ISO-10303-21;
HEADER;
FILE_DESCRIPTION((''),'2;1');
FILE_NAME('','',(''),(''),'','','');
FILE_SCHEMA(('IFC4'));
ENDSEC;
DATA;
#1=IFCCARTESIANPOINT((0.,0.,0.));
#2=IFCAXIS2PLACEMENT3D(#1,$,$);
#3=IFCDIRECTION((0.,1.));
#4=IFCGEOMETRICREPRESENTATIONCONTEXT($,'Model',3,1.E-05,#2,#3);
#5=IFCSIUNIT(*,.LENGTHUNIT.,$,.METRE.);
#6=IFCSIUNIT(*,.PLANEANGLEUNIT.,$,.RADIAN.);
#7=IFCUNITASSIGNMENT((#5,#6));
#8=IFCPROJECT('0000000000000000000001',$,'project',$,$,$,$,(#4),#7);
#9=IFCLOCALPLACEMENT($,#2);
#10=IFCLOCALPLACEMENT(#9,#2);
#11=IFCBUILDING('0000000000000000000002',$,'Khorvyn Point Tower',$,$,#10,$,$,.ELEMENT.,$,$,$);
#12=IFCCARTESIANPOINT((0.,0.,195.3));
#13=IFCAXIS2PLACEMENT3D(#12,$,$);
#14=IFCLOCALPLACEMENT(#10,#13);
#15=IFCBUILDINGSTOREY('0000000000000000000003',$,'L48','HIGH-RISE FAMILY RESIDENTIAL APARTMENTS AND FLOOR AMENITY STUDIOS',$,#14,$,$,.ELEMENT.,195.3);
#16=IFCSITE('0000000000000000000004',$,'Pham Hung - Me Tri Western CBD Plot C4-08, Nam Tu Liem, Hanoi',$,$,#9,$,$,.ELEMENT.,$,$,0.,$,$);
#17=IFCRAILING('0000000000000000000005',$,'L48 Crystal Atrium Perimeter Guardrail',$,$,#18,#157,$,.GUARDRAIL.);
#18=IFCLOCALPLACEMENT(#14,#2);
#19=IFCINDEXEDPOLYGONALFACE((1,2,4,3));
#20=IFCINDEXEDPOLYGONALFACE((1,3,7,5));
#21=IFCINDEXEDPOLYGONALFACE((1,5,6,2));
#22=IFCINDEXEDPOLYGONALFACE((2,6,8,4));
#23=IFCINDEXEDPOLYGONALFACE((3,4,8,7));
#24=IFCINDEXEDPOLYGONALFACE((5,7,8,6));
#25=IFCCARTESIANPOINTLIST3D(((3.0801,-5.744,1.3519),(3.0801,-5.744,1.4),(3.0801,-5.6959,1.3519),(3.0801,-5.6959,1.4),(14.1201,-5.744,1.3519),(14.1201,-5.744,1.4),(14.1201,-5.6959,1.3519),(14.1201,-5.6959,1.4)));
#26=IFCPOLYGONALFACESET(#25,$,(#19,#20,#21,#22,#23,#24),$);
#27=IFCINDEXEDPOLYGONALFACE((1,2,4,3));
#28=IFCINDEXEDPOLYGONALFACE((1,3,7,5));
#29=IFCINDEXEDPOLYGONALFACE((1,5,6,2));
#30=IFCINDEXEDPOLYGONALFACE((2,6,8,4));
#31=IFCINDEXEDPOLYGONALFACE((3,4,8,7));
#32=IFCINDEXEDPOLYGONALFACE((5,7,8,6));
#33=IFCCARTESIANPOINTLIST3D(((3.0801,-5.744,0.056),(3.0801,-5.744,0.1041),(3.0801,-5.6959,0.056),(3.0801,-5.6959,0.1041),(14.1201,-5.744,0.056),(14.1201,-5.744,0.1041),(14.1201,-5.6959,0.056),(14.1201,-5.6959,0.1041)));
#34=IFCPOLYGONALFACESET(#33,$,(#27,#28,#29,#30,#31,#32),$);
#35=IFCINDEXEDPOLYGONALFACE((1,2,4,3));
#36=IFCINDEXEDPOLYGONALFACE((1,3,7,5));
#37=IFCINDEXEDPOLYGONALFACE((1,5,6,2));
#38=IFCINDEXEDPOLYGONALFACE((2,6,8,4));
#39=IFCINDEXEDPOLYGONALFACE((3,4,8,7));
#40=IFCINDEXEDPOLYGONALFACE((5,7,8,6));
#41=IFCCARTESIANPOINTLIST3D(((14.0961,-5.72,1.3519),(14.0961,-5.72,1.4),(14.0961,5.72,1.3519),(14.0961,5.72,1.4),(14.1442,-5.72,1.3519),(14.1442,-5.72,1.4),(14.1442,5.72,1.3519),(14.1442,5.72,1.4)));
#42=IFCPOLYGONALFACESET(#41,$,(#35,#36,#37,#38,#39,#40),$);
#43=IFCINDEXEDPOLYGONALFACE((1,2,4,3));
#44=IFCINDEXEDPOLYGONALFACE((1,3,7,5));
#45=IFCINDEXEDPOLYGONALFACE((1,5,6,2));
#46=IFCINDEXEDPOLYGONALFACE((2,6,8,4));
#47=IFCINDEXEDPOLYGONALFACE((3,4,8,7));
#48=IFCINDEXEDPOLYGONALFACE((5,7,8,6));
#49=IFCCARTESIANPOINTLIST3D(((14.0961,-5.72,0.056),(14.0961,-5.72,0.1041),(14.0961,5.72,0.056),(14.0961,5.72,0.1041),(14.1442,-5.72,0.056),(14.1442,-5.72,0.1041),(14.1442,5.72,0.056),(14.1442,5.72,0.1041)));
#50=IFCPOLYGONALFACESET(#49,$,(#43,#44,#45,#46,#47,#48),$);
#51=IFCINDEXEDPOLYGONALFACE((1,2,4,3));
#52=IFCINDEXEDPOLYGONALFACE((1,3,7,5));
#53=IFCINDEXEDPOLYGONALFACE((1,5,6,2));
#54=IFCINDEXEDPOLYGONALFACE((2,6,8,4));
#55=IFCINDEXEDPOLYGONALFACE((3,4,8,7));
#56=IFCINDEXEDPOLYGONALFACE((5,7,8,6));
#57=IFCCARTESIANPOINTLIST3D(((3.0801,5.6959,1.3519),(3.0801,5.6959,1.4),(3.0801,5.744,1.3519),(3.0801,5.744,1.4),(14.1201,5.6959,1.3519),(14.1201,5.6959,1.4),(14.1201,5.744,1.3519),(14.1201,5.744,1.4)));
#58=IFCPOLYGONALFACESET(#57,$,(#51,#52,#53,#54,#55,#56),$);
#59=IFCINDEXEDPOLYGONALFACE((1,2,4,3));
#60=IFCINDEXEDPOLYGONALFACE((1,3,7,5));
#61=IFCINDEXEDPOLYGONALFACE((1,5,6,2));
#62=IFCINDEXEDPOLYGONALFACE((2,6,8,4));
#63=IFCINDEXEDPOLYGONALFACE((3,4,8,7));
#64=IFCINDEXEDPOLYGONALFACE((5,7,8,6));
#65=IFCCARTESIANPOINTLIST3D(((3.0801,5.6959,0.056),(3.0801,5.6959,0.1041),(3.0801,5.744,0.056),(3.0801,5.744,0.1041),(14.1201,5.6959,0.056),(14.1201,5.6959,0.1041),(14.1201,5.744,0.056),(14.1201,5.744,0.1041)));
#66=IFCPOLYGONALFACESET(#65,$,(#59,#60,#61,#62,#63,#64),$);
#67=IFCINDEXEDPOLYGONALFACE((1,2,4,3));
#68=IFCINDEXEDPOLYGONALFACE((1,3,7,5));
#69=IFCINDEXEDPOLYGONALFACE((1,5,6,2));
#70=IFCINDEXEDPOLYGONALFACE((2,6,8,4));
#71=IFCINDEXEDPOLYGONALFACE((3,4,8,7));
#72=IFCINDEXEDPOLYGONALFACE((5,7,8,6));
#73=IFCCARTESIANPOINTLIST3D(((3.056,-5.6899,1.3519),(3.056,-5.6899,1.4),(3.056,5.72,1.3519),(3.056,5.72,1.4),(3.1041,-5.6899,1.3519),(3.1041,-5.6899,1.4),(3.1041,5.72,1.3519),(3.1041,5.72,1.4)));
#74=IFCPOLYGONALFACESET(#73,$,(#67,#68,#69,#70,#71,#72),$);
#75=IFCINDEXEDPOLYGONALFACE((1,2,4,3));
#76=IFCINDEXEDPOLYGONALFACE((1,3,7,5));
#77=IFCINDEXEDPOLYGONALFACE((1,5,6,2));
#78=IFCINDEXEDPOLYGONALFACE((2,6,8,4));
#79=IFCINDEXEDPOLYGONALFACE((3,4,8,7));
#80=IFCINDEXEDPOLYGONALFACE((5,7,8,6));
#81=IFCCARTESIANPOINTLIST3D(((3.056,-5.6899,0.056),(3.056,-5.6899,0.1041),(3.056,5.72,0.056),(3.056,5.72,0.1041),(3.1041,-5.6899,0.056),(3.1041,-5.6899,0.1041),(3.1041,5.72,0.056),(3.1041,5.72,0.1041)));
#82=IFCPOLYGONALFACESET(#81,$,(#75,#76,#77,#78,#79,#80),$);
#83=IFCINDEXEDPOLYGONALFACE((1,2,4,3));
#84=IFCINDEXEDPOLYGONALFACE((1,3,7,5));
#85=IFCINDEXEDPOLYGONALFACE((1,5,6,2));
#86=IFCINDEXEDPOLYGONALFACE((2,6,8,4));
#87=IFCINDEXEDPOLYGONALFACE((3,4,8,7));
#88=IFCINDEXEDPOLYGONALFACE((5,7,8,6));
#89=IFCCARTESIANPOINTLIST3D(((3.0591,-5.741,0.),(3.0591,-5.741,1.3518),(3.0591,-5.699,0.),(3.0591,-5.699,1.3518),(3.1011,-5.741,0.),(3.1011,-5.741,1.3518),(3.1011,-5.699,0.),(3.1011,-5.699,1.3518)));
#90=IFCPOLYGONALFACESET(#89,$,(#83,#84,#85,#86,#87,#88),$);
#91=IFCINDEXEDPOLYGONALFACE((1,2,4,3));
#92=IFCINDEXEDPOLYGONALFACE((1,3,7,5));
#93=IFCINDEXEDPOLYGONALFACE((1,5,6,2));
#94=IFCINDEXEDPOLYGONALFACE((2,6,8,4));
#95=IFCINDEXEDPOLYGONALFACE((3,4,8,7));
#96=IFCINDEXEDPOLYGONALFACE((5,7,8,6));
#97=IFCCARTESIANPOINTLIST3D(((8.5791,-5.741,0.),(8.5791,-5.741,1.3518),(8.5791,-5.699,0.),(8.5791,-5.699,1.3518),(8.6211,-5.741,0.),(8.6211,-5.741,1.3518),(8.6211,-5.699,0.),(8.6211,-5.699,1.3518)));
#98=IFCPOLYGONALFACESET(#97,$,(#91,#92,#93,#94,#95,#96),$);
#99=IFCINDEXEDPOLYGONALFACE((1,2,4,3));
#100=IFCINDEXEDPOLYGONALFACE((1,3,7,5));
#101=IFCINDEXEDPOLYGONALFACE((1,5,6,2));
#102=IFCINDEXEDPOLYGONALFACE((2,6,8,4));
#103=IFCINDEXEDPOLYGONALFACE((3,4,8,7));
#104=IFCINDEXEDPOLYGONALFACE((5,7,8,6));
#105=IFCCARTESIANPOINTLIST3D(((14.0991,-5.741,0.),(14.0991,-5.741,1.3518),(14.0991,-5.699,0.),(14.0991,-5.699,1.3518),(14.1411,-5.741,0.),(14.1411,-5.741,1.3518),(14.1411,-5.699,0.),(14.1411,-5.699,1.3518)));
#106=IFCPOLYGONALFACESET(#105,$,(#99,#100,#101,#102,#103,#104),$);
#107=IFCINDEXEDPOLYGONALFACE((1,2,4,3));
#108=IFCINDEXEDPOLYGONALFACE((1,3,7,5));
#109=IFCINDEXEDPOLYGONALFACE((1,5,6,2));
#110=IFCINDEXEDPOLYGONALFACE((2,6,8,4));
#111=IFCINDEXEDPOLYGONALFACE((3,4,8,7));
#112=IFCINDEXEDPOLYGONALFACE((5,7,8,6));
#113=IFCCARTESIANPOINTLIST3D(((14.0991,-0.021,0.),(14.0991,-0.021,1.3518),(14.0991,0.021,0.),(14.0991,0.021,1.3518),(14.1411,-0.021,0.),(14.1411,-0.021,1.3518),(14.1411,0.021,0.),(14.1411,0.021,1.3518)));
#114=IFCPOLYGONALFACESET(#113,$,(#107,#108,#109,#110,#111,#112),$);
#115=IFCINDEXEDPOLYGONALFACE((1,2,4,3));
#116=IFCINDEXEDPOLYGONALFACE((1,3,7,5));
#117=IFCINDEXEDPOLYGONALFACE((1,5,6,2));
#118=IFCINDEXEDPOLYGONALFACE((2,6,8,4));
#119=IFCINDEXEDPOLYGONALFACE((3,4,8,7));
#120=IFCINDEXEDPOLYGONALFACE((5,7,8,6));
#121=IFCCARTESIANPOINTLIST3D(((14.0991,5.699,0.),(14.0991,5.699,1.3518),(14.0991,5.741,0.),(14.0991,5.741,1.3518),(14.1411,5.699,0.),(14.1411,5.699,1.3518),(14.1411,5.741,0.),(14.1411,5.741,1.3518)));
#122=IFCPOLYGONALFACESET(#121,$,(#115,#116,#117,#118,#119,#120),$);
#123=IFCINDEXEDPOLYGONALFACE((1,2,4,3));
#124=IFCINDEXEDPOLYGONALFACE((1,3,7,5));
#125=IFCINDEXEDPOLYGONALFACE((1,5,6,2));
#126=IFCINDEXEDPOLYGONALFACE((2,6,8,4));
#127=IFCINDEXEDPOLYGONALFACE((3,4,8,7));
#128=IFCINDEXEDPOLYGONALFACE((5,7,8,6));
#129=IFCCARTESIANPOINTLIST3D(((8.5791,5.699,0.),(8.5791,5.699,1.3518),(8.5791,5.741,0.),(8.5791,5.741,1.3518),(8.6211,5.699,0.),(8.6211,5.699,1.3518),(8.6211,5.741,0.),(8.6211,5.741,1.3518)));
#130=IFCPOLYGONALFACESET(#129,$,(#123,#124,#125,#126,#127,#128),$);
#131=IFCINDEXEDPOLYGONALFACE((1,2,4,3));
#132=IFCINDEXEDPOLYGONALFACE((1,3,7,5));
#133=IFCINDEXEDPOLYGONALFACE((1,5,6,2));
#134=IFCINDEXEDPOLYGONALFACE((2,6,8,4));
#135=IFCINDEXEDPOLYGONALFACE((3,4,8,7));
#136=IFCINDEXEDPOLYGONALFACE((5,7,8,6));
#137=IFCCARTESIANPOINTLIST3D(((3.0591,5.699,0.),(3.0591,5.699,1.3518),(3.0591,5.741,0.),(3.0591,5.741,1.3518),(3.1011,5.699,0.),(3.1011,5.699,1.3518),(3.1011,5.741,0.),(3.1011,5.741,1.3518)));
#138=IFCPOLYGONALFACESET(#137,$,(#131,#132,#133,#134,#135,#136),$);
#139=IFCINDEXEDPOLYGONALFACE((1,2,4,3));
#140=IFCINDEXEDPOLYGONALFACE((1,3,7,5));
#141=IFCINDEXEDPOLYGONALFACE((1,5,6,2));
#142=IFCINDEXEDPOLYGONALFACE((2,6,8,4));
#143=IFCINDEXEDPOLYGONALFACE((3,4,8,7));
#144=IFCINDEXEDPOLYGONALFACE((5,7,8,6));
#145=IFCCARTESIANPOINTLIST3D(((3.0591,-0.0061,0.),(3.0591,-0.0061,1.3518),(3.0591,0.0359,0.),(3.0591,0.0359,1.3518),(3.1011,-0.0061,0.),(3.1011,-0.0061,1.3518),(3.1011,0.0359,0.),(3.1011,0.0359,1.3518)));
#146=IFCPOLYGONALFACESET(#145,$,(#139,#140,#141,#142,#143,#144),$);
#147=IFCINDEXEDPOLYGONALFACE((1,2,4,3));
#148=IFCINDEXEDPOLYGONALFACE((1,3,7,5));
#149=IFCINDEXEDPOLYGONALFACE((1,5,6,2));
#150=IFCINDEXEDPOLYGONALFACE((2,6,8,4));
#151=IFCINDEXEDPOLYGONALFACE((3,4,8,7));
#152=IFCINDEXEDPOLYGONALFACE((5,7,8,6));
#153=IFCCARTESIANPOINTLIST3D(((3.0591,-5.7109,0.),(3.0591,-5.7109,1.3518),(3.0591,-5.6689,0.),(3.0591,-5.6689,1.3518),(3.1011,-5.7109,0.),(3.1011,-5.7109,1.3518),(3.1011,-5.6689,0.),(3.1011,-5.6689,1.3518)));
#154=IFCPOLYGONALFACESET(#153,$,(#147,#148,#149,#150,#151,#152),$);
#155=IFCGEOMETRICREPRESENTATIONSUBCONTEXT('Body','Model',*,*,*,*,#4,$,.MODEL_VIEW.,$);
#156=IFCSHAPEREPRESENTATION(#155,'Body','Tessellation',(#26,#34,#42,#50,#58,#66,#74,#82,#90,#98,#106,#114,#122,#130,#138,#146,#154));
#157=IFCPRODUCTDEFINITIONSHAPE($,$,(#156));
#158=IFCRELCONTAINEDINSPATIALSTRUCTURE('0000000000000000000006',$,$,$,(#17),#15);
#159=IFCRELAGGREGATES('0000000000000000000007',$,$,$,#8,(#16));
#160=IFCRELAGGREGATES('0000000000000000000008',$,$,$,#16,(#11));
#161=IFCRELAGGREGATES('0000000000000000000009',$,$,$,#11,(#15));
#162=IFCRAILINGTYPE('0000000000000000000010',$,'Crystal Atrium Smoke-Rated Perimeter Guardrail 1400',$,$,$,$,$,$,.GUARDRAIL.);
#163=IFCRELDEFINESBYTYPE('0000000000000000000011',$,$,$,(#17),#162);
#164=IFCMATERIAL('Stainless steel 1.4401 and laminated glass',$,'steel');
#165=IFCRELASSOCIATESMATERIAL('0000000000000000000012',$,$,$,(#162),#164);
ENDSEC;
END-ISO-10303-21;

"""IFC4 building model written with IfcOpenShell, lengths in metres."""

from ifc_helpers import new_model, si_unit, direction, frame, origin, origin_2d, place, context, subcontext, project, spatial, rectangle, extrude, material, type_object, element, save


model = new_model("IFC4")

# Units and contexts
model_context = context("Model", 3, precision=1e-05, world=origin(), true_north=direction((0.0, 1.0)))
body_context = subcontext(model_context, "Body", "Model", "MODEL_VIEW")
ifc_project = project(units=[si_unit("LENGTHUNIT", "METRE"), si_unit("PLANEANGLEUNIT", "RADIAN")], contexts=[model_context])

# Site, building, storey
site_placement = place(None, origin())
site = spatial("IfcSite", under=ifc_project, at=site_placement, Name="Pham Hung - Me Tri Western CBD Plot C4-08, Nam Tu Liem, Hanoi", CompositionType="ELEMENT", RefElevation=0.0)
building_placement = place(site_placement, origin())
building = spatial("IfcBuilding", under=site, at=building_placement, Name="Khorvyn Point Tower", CompositionType="ELEMENT")
storey_placement = place(building_placement, frame((0.0, 0.0, 195.3)))
storey = spatial("IfcBuildingStorey", under=building, at=storey_placement, Name="L48", Description="HIGH-RISE FAMILY RESIDENTIAL APARTMENTS AND FLOOR AMENITY STUDIOS", CompositionType="ELEMENT", Elevation=195.3)

# Railing
ifc_material_1 = material(Name="Stainless steel 1.4401 and laminated glass", Category="steel")
railing_type = type_object("IfcRailingType", Name="Crystal Atrium Smoke-Rated Perimeter Guardrail 1400", PredefinedType="GUARDRAIL", material=ifc_material_1)
railing_placement = place(storey_placement, frame((3.0801, -5.72, 0.0)))
element("IfcRailing", 1, at=railing_placement, inside=storey, type_object=railing_type, Name="L48 Crystal Atrium Perimeter Guardrail", PredefinedType="GUARDRAIL", context=body_context, shape_type="SweptSolid", body=[
    extrude(rectangle(XDim=0.0481, YDim=0.0481, at=origin_2d()), frame((0.0, 0.0, 1.376), z_axis=(1.0, 0.0, 0.0), x_axis=(0.0, 1.0, 0.0)), (0.0, 0.0, 1.0), 11.04),
    extrude(rectangle(XDim=0.0481, YDim=0.0481, at=origin_2d()), frame((0.0, 0.0, 0.0801), z_axis=(1.0, 0.0, 0.0), x_axis=(0.0, 1.0, 0.0)), (0.0, 0.0, 1.0), 11.04),
    extrude(rectangle(XDim=0.0481, YDim=0.0481, at=origin_2d()), frame((11.04, 0.0, 1.376), z_axis=(0.0, 1.0, 0.0), x_axis=(-1.0, 0.0, 0.0)), (0.0, 0.0, 1.0), 11.4399),
    extrude(rectangle(XDim=0.0481, YDim=0.0481, at=origin_2d()), frame((11.04, 0.0, 0.0801), z_axis=(0.0, 1.0, 0.0), x_axis=(-1.0, 0.0, 0.0)), (0.0, 0.0, 1.0), 11.4399),
    extrude(rectangle(XDim=0.0481, YDim=0.0481, at=origin_2d()), frame((11.04, 11.4399, 1.376), z_axis=(-1.0, 0.0, 0.0), x_axis=(0.0, -1.0, 0.0)), (0.0, 0.0, 1.0), 11.04),
    extrude(rectangle(XDim=0.0481, YDim=0.0481, at=origin_2d()), frame((11.04, 11.4399, 0.0801), z_axis=(-1.0, 0.0, 0.0), x_axis=(0.0, -1.0, 0.0)), (0.0, 0.0, 1.0), 11.04),
    extrude(rectangle(XDim=0.0481, YDim=0.0481, at=origin_2d()), frame((0.0, 11.4399, 1.376), z_axis=(0.0, -1.0, 0.0), x_axis=(1.0, 0.0, 0.0)), (0.0, 0.0, 1.0), 11.4099),
    extrude(rectangle(XDim=0.0481, YDim=0.0481, at=origin_2d()), frame((0.0, 11.4399, 0.0801), z_axis=(0.0, -1.0, 0.0), x_axis=(1.0, 0.0, 0.0)), (0.0, 0.0, 1.0), 11.4099),
    extrude(rectangle(XDim=0.042, YDim=0.042, at=origin_2d()), origin(), (0.0, 0.0, 1.0), 1.3518),
    extrude(rectangle(XDim=0.042, YDim=0.042, at=origin_2d()), frame((5.52, 0.0, 0.0)), (0.0, 0.0, 1.0), 1.3518),
    extrude(rectangle(XDim=0.042, YDim=0.042, at=origin_2d()), frame((11.04, 0.0, 0.0)), (0.0, 0.0, 1.0), 1.3518),
    extrude(rectangle(XDim=0.042, YDim=0.042, at=origin_2d()), frame((11.04, 5.72, 0.0)), (0.0, 0.0, 1.0), 1.3518),
    extrude(rectangle(XDim=0.042, YDim=0.042, at=origin_2d()), frame((11.04, 11.4399, 0.0)), (0.0, 0.0, 1.0), 1.3518),
    extrude(rectangle(XDim=0.042, YDim=0.042, at=origin_2d()), frame((5.52, 11.4399, 0.0)), (0.0, 0.0, 1.0), 1.3518),
    extrude(rectangle(XDim=0.042, YDim=0.042, at=origin_2d()), frame((0.0, 11.4399, 0.0)), (0.0, 0.0, 1.0), 1.3518),
    extrude(rectangle(XDim=0.042, YDim=0.042, at=origin_2d()), frame((0.0, 5.7349, 0.0)), (0.0, 0.0, 1.0), 1.3518),
    extrude(rectangle(XDim=0.042, YDim=0.042, at=origin_2d()), frame((0.0, 0.03, 0.0)), (0.0, 0.0, 1.0), 1.3518),
])

save(model, "model.ifc")
